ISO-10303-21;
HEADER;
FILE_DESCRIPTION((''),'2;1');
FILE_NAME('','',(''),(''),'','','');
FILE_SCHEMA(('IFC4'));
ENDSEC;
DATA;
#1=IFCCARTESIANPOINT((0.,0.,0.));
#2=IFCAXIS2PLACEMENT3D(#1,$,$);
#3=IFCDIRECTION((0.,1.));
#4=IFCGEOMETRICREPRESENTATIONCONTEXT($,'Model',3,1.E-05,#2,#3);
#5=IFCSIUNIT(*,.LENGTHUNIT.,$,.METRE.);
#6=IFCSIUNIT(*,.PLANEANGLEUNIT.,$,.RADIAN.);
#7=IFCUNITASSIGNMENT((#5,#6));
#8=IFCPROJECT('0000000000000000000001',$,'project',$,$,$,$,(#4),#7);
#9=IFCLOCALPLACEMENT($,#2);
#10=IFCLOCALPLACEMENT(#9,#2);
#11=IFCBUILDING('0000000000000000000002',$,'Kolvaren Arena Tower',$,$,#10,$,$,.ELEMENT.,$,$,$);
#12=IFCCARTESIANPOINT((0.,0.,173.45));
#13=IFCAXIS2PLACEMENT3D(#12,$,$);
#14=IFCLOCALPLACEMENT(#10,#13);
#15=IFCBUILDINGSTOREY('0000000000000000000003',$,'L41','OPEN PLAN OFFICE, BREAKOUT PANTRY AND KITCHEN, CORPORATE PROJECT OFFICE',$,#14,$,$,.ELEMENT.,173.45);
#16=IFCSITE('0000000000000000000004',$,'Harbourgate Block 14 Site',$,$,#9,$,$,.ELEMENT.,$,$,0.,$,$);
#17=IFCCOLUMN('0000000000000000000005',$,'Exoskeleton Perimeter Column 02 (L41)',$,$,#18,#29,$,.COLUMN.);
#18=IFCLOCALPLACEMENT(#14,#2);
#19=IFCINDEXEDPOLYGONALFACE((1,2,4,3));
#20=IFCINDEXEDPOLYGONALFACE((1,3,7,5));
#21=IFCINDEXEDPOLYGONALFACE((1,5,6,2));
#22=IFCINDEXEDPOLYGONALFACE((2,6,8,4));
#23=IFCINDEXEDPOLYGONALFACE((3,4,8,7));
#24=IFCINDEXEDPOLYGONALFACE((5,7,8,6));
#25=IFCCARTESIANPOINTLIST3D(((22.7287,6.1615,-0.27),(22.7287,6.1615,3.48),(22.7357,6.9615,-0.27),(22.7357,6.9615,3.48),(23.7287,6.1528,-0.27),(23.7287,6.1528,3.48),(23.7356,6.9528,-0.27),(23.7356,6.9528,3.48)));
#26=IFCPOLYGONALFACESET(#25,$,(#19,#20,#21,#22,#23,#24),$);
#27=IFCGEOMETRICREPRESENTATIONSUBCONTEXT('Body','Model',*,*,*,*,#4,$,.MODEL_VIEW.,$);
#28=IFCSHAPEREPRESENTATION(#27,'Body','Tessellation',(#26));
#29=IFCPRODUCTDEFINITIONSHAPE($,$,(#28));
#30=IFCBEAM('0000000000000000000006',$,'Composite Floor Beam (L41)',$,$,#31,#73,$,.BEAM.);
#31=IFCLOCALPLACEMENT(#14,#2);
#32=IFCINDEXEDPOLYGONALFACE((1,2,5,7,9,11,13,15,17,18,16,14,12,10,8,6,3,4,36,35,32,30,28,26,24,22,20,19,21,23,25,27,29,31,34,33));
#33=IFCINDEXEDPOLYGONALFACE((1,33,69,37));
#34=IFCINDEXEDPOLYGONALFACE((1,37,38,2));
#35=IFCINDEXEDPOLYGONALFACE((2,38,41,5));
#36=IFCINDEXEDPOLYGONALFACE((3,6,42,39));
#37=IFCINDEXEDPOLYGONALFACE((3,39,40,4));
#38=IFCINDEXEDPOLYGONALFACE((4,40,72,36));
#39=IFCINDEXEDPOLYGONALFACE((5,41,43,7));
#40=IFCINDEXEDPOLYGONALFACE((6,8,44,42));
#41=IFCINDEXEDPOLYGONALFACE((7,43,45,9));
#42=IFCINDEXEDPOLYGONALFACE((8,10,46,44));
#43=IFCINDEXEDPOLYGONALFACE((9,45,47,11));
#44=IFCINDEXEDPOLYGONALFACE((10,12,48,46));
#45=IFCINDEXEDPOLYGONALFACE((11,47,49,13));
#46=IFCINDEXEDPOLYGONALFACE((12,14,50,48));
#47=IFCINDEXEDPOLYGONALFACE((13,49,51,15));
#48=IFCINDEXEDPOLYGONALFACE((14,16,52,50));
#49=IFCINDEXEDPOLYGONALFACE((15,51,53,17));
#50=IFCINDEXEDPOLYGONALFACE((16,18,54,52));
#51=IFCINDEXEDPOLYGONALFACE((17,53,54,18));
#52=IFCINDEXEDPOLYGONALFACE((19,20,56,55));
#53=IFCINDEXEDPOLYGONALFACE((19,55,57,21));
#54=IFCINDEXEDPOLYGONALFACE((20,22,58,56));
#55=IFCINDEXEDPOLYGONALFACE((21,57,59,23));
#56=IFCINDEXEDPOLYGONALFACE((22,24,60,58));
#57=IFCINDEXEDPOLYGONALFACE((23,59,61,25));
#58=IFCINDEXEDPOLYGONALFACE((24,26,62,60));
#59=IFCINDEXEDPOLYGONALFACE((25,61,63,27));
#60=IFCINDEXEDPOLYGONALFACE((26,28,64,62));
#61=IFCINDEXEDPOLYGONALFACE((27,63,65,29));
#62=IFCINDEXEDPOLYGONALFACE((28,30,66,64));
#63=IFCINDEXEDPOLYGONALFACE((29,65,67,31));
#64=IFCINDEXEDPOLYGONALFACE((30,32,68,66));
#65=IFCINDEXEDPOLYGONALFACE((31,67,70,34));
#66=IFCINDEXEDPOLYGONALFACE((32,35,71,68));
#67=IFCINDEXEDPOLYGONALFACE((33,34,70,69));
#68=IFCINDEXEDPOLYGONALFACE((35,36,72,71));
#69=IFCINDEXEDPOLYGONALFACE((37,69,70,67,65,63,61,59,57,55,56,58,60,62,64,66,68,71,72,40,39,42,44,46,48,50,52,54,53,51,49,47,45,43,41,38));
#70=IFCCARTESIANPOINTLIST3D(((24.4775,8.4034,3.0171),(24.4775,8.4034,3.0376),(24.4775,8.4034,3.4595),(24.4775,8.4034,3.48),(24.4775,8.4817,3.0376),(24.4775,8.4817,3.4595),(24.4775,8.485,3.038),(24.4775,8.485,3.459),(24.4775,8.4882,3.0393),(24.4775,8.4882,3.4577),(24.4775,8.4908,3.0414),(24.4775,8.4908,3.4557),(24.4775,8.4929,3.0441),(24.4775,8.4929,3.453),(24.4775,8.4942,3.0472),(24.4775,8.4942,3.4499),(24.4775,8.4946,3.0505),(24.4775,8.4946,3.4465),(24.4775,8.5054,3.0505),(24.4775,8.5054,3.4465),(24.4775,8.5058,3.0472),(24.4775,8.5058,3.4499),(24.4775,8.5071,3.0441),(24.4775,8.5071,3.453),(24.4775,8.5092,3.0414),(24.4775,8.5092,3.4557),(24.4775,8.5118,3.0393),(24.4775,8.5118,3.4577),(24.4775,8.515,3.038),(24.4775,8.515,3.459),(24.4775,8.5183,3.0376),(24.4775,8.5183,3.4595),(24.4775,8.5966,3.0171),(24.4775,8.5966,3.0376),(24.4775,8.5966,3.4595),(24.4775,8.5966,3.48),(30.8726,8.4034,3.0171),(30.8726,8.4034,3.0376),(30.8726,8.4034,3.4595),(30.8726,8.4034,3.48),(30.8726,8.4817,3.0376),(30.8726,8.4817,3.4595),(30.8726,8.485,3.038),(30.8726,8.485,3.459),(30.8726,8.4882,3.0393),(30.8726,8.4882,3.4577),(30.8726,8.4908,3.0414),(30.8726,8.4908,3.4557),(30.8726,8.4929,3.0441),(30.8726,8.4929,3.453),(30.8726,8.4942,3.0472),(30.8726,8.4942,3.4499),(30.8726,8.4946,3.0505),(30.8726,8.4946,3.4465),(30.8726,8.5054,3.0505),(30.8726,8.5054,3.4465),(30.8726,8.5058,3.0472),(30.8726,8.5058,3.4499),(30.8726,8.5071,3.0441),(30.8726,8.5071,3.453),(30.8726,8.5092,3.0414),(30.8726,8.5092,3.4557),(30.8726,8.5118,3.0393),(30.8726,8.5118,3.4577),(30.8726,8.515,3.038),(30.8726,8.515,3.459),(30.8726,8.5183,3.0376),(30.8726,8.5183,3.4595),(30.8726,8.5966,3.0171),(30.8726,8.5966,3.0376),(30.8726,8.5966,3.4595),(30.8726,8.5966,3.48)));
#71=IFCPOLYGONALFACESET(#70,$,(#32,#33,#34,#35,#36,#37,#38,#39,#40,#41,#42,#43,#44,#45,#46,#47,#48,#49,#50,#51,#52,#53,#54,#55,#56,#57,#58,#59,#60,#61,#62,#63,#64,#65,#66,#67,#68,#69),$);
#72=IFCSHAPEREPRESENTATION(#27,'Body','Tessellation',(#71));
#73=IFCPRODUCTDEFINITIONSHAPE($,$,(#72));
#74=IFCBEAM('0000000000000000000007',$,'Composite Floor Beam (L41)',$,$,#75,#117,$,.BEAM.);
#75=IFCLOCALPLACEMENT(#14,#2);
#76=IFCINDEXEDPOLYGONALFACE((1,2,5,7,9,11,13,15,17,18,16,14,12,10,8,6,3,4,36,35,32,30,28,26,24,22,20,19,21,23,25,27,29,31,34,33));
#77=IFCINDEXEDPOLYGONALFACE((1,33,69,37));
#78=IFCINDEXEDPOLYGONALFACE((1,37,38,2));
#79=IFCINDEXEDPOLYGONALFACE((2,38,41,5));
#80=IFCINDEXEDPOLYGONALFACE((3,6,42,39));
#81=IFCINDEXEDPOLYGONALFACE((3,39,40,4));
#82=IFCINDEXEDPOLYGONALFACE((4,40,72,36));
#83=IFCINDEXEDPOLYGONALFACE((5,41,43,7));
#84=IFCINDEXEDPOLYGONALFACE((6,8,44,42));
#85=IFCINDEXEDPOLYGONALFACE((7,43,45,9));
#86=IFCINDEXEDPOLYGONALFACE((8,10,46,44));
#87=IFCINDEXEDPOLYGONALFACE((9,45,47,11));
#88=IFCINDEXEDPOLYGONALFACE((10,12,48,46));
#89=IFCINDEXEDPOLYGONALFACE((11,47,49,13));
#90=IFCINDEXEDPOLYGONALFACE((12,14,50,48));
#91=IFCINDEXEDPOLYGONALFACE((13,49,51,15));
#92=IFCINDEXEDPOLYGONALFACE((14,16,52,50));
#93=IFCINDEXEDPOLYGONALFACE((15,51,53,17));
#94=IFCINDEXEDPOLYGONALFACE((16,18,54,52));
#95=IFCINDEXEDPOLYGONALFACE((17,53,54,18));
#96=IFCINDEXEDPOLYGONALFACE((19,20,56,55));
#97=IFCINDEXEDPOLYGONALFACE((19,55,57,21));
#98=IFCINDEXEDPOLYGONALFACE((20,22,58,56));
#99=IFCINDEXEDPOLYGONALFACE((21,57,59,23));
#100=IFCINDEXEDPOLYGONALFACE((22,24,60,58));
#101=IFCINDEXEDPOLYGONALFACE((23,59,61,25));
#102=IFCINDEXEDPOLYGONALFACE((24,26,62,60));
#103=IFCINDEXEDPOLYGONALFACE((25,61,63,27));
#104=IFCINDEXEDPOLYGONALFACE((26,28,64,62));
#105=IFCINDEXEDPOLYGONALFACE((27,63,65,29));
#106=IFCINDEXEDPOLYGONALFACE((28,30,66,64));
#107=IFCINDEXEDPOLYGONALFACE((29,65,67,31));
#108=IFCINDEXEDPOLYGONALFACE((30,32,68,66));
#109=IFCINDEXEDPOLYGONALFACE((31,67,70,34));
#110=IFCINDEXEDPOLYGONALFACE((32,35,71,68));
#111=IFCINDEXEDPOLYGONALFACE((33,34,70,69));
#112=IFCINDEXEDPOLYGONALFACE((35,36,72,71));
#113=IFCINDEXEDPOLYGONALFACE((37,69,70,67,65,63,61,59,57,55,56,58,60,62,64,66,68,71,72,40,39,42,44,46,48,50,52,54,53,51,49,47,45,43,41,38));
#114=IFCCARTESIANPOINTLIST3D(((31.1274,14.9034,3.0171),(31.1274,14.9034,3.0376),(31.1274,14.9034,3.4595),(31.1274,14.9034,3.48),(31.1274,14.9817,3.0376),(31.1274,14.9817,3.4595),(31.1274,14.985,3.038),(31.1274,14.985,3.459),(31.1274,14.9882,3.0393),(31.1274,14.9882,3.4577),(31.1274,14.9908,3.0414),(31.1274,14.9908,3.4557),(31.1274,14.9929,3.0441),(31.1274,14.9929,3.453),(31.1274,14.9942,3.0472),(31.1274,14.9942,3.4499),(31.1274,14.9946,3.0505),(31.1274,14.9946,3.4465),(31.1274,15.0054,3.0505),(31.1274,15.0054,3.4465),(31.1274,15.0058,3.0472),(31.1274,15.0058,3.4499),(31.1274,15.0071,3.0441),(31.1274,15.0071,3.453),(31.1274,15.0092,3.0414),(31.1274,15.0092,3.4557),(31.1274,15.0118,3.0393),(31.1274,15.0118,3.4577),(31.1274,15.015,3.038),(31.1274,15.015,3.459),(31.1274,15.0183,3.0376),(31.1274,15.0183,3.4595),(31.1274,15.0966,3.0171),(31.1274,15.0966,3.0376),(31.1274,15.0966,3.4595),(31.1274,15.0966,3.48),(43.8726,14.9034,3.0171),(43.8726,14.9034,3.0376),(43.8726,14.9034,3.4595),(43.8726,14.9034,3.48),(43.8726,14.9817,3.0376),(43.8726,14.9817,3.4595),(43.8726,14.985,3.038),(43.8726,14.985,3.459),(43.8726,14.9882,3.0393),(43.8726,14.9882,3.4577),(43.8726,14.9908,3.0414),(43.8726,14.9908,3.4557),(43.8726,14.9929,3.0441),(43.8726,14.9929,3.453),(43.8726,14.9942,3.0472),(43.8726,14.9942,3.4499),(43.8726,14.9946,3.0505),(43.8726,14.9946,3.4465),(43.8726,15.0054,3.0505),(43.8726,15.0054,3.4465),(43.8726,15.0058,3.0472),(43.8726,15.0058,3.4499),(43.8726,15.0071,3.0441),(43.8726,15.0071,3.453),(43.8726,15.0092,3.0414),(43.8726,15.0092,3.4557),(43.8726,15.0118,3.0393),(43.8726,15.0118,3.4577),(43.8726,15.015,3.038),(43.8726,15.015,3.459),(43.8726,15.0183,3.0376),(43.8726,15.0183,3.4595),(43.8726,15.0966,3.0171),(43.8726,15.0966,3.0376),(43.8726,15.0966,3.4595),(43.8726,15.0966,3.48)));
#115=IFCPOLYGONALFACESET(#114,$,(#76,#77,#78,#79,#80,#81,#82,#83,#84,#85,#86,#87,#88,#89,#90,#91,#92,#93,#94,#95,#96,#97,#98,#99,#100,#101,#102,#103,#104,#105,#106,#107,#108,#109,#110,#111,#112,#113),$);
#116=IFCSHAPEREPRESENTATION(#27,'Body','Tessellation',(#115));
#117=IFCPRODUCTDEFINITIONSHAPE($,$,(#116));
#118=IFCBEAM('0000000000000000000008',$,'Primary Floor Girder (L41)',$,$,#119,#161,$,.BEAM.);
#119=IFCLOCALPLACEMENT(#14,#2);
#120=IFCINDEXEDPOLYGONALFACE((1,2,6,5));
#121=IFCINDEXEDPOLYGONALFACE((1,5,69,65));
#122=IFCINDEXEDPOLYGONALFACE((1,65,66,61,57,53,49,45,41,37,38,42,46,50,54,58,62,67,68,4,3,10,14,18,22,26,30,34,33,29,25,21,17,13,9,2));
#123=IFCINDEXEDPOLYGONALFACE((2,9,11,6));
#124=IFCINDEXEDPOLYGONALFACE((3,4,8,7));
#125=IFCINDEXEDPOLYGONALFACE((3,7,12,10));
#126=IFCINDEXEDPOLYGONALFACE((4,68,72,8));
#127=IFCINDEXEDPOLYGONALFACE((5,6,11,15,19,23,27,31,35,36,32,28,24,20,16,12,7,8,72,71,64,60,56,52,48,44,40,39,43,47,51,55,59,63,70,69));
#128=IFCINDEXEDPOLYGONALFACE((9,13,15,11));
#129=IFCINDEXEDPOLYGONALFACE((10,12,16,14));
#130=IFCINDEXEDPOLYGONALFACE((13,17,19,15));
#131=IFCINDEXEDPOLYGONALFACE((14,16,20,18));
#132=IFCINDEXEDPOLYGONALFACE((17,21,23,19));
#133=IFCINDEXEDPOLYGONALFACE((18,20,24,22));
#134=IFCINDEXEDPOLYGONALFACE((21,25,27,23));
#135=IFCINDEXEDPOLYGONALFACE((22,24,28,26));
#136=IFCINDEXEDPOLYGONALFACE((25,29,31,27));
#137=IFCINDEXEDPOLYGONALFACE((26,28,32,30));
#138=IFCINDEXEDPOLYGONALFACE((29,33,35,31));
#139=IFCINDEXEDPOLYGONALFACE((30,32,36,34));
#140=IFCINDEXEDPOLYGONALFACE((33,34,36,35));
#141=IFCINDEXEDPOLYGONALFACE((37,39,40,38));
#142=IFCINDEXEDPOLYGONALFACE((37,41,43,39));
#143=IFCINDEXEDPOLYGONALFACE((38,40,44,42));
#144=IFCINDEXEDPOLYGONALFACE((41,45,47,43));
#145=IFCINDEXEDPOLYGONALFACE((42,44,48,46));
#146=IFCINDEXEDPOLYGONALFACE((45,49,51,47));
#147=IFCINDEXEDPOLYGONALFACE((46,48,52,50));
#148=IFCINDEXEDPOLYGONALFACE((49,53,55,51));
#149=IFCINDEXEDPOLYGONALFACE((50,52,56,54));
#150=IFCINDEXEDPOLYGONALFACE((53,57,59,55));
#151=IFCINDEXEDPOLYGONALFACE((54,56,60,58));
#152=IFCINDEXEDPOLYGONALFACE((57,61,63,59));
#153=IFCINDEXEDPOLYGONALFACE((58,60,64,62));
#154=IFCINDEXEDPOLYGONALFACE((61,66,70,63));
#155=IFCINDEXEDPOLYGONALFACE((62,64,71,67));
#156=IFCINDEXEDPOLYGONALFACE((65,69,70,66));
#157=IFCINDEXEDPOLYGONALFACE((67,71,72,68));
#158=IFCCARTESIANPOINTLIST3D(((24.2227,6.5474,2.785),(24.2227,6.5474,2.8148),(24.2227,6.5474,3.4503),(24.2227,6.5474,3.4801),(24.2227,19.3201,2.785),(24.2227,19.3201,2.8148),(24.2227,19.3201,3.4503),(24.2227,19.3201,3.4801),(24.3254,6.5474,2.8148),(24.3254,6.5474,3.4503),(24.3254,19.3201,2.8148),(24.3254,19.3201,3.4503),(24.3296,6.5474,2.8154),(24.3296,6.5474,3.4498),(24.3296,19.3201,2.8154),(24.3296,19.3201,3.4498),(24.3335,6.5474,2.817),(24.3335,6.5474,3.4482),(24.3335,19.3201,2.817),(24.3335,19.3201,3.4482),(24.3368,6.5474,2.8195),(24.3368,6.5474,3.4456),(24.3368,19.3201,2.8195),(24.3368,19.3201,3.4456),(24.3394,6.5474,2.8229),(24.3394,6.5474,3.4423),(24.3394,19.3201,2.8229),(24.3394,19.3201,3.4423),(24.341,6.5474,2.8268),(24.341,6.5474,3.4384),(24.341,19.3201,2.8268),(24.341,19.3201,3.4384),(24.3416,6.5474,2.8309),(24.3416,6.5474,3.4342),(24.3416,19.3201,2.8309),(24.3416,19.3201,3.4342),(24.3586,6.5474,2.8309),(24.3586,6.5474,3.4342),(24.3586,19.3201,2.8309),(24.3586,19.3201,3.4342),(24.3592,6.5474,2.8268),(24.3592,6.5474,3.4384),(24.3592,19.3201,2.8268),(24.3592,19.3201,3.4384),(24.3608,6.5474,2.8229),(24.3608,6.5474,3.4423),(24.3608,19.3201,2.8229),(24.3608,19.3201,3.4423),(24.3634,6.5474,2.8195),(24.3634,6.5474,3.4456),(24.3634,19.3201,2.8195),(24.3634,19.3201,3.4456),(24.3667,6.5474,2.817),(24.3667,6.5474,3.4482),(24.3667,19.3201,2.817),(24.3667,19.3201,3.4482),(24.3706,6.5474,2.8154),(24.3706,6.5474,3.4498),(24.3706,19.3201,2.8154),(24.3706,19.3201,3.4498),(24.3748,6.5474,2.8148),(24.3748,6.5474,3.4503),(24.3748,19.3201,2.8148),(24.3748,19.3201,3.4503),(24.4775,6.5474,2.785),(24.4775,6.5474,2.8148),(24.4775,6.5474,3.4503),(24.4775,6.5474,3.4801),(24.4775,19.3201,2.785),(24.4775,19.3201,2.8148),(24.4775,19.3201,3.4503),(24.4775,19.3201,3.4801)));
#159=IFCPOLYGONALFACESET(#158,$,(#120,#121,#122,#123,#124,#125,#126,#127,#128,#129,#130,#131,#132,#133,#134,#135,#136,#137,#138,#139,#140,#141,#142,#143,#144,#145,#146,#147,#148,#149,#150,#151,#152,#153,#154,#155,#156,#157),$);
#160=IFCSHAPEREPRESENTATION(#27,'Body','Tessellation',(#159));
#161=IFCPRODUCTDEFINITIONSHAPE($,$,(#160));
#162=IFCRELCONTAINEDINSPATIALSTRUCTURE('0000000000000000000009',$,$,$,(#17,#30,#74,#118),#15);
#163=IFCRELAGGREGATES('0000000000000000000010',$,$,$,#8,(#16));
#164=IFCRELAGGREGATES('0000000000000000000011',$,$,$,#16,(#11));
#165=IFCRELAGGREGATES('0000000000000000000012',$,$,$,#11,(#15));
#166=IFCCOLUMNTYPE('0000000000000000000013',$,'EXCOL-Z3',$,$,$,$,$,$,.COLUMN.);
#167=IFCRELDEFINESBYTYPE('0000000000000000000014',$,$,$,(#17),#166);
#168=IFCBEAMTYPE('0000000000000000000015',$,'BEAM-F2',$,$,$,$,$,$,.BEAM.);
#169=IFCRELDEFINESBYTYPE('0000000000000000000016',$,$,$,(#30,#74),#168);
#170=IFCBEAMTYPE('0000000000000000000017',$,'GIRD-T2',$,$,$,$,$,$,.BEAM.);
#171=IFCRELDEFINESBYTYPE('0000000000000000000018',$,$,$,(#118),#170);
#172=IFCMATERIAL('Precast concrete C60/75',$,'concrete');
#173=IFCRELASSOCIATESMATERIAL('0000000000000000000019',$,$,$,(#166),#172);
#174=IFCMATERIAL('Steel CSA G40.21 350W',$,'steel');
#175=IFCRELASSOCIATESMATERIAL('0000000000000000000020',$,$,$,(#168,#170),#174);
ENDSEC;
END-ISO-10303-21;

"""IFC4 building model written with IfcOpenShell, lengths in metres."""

from ifc_helpers import new_model, si_unit, direction, frame, origin, origin_2d, place, context, subcontext, project, spatial, rectangle, i_section, extrude, material, material_profile, profile_set, type_object, element, save


model = new_model("IFC4")

# Units and contexts
model_context = context("Model", 3, precision=1e-05, world=origin(), true_north=direction((0.0, 1.0)))
body_context = subcontext(model_context, "Body", "Model", "MODEL_VIEW")
ifc_project = project(units=[si_unit("LENGTHUNIT", "METRE"), si_unit("PLANEANGLEUNIT", "RADIAN")], contexts=[model_context])

# Site, building, storey
site_placement = place(None, origin())
site = spatial("IfcSite", under=ifc_project, at=site_placement, Name="Harbourgate Block 14 Site", CompositionType="ELEMENT", RefElevation=0.0)
building_placement = place(site_placement, origin())
building = spatial("IfcBuilding", under=site, at=building_placement, Name="Kolvaren Arena Tower", CompositionType="ELEMENT")
storey_placement = place(building_placement, frame((0.0, 0.0, 173.45)))
storey = spatial("IfcBuildingStorey", under=building, at=storey_placement, Name="L41", Description="OPEN PLAN OFFICE, BREAKOUT PANTRY AND KITCHEN, CORPORATE PROJECT OFFICE", CompositionType="ELEMENT", Elevation=173.45)

# Column
ifc_material_1 = material(Name="Precast concrete C60/75", Category="concrete")
ifc_material_profile_1 = material_profile(ifc_material_1, rectangle(XDim=1.0, YDim=0.8, at=origin_2d()), Name="RC-1000x800")
ifc_profile_set_1 = profile_set([ifc_material_profile_1], Name="Precast concrete C60/75")
column_type = type_object("IfcColumnType", Name="EXCOL-Z3", PredefinedType="COLUMN", material=ifc_profile_set_1)
column_placement = place(storey_placement, frame((23.2322, 6.5571, -0.27), z_axis=(0.0, 0.0, 1.0), x_axis=(0.999962, -0.008727, 0.0)))
element("IfcColumn", 1, at=column_placement, inside=storey, type_object=column_type, Name="Exoskeleton Perimeter Column 02 (L41)", PredefinedType="COLUMN", context=body_context, shape_type="SweptSolid", body=[
    extrude(rectangle(XDim=1.0, YDim=0.8, at=origin_2d()), origin(), (0.0, 0.0, 1.0), 3.75),
])

# Beams
ifc_material_2 = material(Name="Steel CSA G40.21 350W", Category="steel")
ifc_material_profile_2 = material_profile(ifc_material_2, i_section(OverallWidth=0.1931, OverallDepth=0.4629, WebThickness=0.0107, FlangeThickness=0.0205, FilletRadius=0.0129, at=origin_2d()), Name="W460x113")
ifc_profile_set_2 = profile_set([ifc_material_profile_2], Name="Steel CSA G40.21 350W")
beam_type_1 = type_object("IfcBeamType", Name="BEAM-F2", PredefinedType="BEAM", material=ifc_profile_set_2)
beam_1_placement = place(storey_placement, frame((24.4775, 8.5, 3.2485), z_axis=(1.0, 0.0, 0.0), x_axis=(0.0, 1.0, 0.0)))
element("IfcBeam", 2, at=beam_1_placement, inside=storey, type_object=beam_type_1, Name="Composite Floor Beam (L41)", PredefinedType="BEAM", context=body_context, shape_type="SweptSolid", body=[
    extrude(i_section(OverallWidth=0.1931, OverallDepth=0.4629, WebThickness=0.0107, FlangeThickness=0.0205, FilletRadius=0.0129, at=origin_2d()), origin(), (0.0, 0.0, 1.0), 6.395),
])
beam_2_placement = place(storey_placement, frame((31.1274, 15.0, 3.2485), z_axis=(1.0, 0.0, 0.0), x_axis=(0.0, 1.0, 0.0)))
element("IfcBeam", 3, at=beam_2_placement, inside=storey, type_object=beam_type_1, Name="Composite Floor Beam (L41)", PredefinedType="BEAM", context=body_context, shape_type="SweptSolid", body=[
    extrude(i_section(OverallWidth=0.1931, OverallDepth=0.4629, WebThickness=0.0107, FlangeThickness=0.0205, FilletRadius=0.0129, at=origin_2d()), origin(), (0.0, 0.0, 1.0), 12.7451),
])
ifc_material_profile_3 = material_profile(ifc_material_2, i_section(OverallWidth=0.2549, OverallDepth=0.6951, WebThickness=0.0171, FlangeThickness=0.0298, FilletRadius=0.0161, at=origin_2d()), Name="W690x217")
ifc_profile_set_3 = profile_set([ifc_material_profile_3], Name="Steel CSA G40.21 350W")
beam_type_2 = type_object("IfcBeamType", Name="GIRD-T2", PredefinedType="BEAM", material=ifc_profile_set_3)
beam_3_placement = place(storey_placement, frame((24.3501, 6.5474, 3.1326), z_axis=(0.0, 1.0, 0.0), x_axis=(-1.0, 0.0, 0.0)))
element("IfcBeam", 4, at=beam_3_placement, inside=storey, type_object=beam_type_2, Name="Primary Floor Girder (L41)", PredefinedType="BEAM", context=body_context, shape_type="SweptSolid", body=[
    extrude(i_section(OverallWidth=0.2549, OverallDepth=0.6951, WebThickness=0.0171, FlangeThickness=0.0298, FilletRadius=0.0161, at=origin_2d()), origin(), (0.0, 0.0, 1.0), 12.7727),
])

save(model, "model.ifc")
